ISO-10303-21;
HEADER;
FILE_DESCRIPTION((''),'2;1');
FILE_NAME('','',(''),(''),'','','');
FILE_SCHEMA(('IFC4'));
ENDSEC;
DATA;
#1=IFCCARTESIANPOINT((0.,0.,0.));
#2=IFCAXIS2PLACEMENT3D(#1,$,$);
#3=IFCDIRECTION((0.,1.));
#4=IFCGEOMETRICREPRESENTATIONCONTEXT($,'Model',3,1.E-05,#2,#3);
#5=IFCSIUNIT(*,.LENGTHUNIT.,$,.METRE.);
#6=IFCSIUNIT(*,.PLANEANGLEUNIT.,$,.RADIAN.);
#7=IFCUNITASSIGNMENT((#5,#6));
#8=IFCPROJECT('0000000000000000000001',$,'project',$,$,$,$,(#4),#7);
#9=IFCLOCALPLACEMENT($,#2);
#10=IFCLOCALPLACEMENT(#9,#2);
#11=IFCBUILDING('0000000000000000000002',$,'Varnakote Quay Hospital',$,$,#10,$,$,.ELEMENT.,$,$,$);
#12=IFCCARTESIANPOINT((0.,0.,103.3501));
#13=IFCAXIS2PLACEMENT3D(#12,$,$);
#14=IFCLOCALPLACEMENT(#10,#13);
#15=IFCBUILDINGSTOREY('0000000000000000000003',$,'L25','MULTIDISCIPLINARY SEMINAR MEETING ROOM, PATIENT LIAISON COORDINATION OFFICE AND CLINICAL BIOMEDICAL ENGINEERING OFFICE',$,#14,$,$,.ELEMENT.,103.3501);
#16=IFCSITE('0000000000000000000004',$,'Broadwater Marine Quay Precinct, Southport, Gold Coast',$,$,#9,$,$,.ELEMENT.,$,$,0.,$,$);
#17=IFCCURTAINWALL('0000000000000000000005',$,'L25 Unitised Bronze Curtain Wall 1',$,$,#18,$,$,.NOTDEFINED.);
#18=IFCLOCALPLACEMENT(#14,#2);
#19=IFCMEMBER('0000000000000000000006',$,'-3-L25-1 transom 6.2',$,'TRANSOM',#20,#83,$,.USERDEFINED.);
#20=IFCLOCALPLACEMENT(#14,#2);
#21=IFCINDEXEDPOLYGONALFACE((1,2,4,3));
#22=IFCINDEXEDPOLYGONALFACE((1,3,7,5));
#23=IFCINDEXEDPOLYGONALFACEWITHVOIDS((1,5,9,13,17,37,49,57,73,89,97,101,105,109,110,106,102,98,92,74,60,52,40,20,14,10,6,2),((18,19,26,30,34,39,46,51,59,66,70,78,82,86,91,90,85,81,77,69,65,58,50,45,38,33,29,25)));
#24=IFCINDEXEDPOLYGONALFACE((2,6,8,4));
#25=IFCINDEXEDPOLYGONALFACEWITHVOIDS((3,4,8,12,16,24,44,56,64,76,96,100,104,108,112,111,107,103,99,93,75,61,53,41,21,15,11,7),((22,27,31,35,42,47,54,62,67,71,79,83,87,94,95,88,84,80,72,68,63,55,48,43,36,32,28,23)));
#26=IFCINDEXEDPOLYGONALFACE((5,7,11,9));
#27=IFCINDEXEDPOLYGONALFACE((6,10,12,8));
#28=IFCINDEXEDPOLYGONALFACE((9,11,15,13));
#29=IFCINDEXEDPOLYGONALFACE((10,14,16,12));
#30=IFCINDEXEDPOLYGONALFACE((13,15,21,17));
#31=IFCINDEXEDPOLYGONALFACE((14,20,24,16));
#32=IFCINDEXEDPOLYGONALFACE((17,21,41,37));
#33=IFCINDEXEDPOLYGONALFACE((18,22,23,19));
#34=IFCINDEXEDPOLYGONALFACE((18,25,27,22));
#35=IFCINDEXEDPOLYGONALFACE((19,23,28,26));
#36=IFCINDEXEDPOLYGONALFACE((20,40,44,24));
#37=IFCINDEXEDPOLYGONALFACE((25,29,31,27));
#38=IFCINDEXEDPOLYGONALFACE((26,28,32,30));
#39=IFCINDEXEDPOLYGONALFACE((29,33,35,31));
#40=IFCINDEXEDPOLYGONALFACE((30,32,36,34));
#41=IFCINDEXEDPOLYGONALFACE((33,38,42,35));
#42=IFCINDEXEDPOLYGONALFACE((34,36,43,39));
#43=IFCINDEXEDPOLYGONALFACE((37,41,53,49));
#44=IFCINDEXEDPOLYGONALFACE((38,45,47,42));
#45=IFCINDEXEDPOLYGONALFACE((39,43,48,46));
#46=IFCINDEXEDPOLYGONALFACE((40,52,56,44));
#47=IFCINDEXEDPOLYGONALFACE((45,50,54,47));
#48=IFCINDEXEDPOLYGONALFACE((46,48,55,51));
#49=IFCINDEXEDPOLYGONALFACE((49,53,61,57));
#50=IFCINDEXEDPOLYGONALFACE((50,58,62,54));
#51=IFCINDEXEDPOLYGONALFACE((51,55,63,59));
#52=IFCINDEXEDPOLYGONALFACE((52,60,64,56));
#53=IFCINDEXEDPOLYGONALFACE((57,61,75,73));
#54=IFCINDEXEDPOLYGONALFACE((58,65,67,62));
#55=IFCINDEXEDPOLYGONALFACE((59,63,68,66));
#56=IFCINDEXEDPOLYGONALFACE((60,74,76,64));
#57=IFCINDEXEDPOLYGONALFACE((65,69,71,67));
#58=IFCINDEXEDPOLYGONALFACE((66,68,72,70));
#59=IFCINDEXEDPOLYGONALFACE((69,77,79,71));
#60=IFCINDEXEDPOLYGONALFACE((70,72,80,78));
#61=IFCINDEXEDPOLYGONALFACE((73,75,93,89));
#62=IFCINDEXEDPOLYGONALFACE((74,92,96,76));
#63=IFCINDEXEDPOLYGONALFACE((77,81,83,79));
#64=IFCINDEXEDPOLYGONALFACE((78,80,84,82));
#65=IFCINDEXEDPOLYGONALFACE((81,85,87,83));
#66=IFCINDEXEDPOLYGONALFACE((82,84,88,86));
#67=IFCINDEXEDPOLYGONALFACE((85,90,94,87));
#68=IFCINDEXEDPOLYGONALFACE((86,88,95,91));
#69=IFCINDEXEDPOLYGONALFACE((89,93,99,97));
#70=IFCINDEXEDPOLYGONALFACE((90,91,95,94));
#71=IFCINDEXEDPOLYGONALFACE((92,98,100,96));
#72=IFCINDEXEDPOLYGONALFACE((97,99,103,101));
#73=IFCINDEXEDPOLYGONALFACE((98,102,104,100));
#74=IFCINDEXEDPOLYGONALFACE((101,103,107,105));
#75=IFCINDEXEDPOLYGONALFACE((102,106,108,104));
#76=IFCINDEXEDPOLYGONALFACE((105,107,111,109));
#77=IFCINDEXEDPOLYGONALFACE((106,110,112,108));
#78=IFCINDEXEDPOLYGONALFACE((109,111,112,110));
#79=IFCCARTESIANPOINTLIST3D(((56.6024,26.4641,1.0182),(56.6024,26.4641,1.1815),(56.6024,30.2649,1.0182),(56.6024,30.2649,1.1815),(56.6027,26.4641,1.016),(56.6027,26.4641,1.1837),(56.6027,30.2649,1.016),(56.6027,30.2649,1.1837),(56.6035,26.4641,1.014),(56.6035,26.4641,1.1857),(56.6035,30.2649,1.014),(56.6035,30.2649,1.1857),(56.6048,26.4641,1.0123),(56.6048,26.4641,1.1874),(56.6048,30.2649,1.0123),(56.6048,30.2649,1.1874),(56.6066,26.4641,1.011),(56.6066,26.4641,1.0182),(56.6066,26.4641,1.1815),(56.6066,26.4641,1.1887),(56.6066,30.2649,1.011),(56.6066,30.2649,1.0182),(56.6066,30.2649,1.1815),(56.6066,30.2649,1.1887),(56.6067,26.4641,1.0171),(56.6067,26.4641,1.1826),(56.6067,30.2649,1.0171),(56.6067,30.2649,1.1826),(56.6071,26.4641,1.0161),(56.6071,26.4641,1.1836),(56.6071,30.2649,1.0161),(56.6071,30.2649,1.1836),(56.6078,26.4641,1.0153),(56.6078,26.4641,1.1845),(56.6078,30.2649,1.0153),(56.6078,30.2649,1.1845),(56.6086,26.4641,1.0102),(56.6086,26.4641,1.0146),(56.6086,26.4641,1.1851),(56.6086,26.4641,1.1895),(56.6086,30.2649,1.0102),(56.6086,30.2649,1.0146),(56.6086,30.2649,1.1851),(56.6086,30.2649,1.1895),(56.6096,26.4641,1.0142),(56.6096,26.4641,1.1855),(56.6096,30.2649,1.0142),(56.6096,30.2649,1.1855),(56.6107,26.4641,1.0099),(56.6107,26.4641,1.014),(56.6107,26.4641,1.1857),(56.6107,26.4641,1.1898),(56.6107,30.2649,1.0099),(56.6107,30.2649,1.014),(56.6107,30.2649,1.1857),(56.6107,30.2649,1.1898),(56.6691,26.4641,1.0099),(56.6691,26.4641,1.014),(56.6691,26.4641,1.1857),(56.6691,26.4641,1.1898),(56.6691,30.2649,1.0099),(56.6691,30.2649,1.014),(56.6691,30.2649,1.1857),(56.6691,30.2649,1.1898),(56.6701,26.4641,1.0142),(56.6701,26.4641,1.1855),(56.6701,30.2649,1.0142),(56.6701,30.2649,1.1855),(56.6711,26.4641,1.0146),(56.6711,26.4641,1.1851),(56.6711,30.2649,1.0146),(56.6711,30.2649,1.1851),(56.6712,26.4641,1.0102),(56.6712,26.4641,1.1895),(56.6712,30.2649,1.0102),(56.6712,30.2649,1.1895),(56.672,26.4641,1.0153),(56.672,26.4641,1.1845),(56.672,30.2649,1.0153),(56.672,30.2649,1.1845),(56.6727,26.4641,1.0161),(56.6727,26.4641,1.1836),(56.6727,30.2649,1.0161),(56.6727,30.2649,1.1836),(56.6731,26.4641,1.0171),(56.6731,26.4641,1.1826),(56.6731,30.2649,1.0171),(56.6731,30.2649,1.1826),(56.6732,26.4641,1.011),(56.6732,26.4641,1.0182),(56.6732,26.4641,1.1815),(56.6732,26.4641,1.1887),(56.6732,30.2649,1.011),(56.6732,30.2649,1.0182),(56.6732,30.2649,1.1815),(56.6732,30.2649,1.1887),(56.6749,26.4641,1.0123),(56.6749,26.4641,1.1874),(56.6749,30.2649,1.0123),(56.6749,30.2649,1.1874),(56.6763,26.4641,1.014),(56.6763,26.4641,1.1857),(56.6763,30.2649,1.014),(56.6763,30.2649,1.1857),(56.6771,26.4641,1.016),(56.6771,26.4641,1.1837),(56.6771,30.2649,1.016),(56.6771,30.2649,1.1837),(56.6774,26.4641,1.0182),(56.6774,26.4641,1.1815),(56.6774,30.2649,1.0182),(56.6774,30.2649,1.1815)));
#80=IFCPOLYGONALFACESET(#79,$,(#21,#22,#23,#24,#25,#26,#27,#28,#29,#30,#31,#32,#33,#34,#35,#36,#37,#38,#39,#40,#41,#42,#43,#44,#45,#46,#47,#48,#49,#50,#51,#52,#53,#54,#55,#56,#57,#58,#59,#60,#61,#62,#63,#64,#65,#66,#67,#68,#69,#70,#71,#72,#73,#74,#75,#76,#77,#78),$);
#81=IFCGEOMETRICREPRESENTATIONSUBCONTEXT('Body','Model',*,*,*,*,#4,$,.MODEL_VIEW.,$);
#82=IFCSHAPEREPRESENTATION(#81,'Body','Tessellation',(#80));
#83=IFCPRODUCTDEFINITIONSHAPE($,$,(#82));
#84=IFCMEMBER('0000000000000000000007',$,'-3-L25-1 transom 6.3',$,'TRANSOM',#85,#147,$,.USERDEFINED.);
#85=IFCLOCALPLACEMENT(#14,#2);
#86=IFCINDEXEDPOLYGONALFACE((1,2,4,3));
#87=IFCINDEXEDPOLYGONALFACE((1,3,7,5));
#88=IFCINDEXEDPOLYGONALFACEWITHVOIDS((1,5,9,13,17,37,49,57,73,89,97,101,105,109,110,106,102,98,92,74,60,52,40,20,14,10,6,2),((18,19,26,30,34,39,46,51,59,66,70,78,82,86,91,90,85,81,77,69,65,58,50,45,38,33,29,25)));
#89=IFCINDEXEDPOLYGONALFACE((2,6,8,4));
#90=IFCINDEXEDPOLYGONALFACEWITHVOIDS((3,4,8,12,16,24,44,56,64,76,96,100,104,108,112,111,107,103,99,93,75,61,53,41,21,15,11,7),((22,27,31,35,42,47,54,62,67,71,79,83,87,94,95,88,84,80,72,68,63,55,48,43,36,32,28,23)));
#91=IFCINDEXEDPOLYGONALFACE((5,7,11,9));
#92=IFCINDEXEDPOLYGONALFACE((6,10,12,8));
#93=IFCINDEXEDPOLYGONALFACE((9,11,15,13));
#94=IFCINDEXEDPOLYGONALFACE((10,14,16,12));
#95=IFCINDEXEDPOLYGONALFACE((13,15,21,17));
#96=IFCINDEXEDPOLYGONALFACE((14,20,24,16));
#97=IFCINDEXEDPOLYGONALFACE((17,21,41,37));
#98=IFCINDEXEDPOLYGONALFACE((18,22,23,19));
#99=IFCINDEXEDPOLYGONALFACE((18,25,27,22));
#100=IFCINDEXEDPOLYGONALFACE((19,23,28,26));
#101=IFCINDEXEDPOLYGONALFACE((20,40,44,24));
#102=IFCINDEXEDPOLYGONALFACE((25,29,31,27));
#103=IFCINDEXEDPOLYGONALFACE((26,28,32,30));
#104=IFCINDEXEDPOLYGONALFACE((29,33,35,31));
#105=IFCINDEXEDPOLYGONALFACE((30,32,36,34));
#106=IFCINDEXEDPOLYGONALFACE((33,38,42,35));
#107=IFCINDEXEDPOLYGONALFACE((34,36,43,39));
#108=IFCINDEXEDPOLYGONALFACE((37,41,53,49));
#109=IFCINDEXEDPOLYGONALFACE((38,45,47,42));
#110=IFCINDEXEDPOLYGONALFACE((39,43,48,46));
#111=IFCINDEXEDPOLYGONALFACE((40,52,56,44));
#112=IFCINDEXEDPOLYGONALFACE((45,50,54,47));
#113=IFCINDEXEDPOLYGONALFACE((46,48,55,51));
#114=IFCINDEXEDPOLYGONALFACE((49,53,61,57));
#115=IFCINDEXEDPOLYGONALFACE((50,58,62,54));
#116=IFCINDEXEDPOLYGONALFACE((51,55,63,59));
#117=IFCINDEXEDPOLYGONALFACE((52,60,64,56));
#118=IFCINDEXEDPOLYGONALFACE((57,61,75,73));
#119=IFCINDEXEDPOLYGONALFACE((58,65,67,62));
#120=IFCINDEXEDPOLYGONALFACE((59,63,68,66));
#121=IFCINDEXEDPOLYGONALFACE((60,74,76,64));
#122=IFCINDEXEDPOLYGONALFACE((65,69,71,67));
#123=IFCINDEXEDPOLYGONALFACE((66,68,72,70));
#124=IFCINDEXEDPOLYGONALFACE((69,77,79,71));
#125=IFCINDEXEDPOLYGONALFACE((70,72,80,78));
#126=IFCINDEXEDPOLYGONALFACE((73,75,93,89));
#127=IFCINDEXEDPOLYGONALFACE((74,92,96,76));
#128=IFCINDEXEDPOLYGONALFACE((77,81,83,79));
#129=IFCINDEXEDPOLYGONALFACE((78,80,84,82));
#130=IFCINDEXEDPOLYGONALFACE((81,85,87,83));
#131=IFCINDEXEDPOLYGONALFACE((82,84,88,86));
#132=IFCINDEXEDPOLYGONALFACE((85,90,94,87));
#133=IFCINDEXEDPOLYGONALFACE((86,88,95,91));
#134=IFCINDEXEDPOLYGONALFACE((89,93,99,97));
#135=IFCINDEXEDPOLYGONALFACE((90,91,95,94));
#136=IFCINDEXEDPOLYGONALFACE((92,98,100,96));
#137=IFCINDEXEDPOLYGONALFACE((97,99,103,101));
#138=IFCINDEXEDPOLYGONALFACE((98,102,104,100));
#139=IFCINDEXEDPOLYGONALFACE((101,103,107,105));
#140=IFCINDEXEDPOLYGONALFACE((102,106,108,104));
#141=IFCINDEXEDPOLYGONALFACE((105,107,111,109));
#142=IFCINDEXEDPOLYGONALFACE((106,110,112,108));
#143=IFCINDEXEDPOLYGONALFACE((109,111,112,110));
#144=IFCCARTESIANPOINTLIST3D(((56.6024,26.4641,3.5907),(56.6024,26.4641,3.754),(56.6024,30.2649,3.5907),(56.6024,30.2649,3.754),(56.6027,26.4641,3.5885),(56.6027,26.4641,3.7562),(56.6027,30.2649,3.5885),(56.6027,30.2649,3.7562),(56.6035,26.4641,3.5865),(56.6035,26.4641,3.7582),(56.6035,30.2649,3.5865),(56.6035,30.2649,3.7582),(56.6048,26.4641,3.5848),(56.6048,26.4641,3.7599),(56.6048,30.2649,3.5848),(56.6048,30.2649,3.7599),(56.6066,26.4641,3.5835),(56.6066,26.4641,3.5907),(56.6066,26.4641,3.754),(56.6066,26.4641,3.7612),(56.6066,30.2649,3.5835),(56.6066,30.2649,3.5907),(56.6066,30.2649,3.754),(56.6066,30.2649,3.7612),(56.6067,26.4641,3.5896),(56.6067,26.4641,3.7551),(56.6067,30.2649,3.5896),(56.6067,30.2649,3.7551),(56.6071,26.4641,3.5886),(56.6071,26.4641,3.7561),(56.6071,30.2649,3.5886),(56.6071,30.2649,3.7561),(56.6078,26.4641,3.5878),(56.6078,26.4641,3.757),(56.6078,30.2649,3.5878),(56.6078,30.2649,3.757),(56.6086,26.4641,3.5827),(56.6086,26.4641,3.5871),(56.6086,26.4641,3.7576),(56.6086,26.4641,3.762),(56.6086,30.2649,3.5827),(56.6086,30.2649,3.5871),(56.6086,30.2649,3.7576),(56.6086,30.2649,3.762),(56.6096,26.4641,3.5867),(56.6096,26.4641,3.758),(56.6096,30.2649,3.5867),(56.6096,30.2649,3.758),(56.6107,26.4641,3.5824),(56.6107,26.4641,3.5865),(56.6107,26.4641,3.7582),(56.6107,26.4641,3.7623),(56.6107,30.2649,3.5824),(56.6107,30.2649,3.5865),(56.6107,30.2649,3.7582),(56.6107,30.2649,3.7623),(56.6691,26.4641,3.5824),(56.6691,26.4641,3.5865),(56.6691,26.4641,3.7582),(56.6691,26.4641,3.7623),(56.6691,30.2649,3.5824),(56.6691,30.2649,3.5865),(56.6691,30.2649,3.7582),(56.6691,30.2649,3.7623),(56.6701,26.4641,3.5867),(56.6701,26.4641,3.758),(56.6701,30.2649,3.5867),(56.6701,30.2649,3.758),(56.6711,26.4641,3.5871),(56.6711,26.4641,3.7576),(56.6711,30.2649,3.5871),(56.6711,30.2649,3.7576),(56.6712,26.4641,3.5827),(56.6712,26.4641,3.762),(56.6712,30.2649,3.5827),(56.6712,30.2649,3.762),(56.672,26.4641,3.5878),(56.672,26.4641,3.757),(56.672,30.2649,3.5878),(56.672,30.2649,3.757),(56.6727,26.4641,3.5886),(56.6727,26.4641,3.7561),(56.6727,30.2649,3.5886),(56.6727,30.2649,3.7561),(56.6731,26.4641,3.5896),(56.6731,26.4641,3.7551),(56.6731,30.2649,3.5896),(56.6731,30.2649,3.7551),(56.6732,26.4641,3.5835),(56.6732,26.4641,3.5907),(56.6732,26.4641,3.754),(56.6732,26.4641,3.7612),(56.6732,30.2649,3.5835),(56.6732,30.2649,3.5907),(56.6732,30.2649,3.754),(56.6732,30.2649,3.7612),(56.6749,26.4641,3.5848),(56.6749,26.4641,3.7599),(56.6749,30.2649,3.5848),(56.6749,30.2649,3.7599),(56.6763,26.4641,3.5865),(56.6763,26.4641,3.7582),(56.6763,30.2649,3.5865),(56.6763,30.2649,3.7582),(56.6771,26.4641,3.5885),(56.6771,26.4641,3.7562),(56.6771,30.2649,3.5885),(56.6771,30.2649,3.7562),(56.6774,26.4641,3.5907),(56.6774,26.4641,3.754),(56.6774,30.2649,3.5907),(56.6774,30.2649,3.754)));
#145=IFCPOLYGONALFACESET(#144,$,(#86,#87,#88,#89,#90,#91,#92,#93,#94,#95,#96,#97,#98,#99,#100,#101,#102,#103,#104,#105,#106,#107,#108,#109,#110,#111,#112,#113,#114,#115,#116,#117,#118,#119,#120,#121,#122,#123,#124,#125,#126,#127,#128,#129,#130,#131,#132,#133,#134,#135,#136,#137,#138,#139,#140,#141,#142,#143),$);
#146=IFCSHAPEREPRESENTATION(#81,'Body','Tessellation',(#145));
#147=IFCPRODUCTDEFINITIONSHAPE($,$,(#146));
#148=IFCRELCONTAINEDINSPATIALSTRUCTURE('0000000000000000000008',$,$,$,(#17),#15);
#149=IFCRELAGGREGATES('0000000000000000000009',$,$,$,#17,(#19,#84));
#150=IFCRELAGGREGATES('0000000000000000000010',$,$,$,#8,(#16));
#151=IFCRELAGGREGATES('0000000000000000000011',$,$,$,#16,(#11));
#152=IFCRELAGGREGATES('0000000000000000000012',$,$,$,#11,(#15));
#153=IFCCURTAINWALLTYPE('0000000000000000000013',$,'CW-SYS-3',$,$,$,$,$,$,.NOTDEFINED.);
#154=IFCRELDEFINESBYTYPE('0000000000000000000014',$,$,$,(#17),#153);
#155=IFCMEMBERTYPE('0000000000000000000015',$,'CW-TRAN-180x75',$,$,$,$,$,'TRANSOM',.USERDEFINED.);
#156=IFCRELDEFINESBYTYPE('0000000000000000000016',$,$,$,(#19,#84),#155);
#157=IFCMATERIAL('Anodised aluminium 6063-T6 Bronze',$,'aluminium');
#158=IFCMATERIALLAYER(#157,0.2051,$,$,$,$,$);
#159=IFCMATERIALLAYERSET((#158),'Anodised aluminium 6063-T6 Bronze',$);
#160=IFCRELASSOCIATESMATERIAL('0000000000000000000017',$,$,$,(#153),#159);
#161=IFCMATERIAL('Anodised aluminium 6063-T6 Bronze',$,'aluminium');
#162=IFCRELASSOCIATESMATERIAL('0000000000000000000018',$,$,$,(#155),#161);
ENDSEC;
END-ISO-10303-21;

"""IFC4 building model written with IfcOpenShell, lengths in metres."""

from ifc_helpers import new_model, si_unit, direction, frame, origin, origin_2d, place, context, subcontext, project, spatial, hollow_rectangle, extrude, material, layer, layer_set, material_profile, profile_set, type_object, element, aggregate, save


model = new_model("IFC4")

# Units and contexts
model_context = context("Model", 3, precision=1e-05, world=origin(), true_north=direction((0.0, 1.0)))
body_context = subcontext(model_context, "Body", "Model", "MODEL_VIEW")
ifc_project = project(units=[si_unit("LENGTHUNIT", "METRE"), si_unit("PLANEANGLEUNIT", "RADIAN")], contexts=[model_context])

# Site, building, storey
site_placement = place(None, origin())
site = spatial("IfcSite", under=ifc_project, at=site_placement, Name="Broadwater Marine Quay Precinct, Southport, Gold Coast", CompositionType="ELEMENT", RefElevation=0.0)
building_placement = place(site_placement, origin())
building = spatial("IfcBuilding", under=site, at=building_placement, Name="Varnakote Quay Hospital", CompositionType="ELEMENT")
storey_placement = place(building_placement, frame((0.0, 0.0, 103.3501)))
storey = spatial("IfcBuildingStorey", under=building, at=storey_placement, Name="L25", Description="MULTIDISCIPLINARY SEMINAR MEETING ROOM, PATIENT LIAISON COORDINATION OFFICE AND CLINICAL BIOMEDICAL ENGINEERING OFFICE", CompositionType="ELEMENT", Elevation=103.3501)

# Curtain wall
ifc_material_1 = material(Name="Anodised aluminium 6063-T6 Bronze", Category="aluminium")
ifc_layer_1 = layer(ifc_material_1, 0.2051)
ifc_layer_set_1 = layer_set([ifc_layer_1], Name="Anodised aluminium 6063-T6 Bronze")
curtain_wall_type = type_object("IfcCurtainWallType", Name="CW-SYS-3", PredefinedType="NOTDEFINED", material=ifc_layer_set_1)
curtain_wall_1_placement = place(storey_placement, origin())
curtain_wall_1 = element("IfcCurtainWall", 1, at=curtain_wall_1_placement, inside=storey, type_object=curtain_wall_type, Name="L25 Unitised Bronze Curtain Wall 1", PredefinedType="NOTDEFINED")

# Members
ifc_material_2 = material(Name="Anodised aluminium 6063-T6 Bronze", Category="aluminium")
ifc_material_profile_1 = material_profile(ifc_material_2, hollow_rectangle(XDim=0.075, YDim=0.1799, WallThickness=0.0042, InnerFilletRadius=0.0042, OuterFilletRadius=0.0083, at=origin_2d()), Name="CW-TRAN-180x75")
ifc_profile_set_1 = profile_set([ifc_material_profile_1], Name="Anodised aluminium 6063-T6 Bronze")
member_type_1 = type_object("IfcMemberType", Name="CW-TRAN-180x75", ElementType="TRANSOM", PredefinedType="USERDEFINED", material=ifc_profile_set_1)
member_1_placement = place(storey_placement, frame((56.6399, 26.4641, 1.0999), z_axis=(0.0, 1.0, 0.0), x_axis=(-1.0, 0.0, 0.0)))
member_1 = element("IfcMember", 2, at=member_1_placement, type_object=member_type_1, Name="-3-L25-1 transom 6.2", ObjectType="TRANSOM", PredefinedType="USERDEFINED", context=body_context, shape_type="SweptSolid", body=[
    extrude(hollow_rectangle(XDim=0.075, YDim=0.1799, WallThickness=0.0042, InnerFilletRadius=0.0042, OuterFilletRadius=0.0083, at=origin_2d()), origin(), (0.0, 0.0, 1.0), 3.8008),
])
member_2_placement = place(storey_placement, frame((56.6399, 26.4641, 3.6724), z_axis=(0.0, 1.0, 0.0), x_axis=(-1.0, 0.0, 0.0)))
member_2 = element("IfcMember", 3, at=member_2_placement, type_object=member_type_1, Name="-3-L25-1 transom 6.3", ObjectType="TRANSOM", PredefinedType="USERDEFINED", context=body_context, shape_type="SweptSolid", body=[
    extrude(hollow_rectangle(XDim=0.075, YDim=0.1799, WallThickness=0.0042, InnerFilletRadius=0.0042, OuterFilletRadius=0.0083, at=origin_2d()), origin(), (0.0, 0.0, 1.0), 3.8008),
])

aggregate(curtain_wall_1, [member_1, member_2])

save(model, "model.ifc")
